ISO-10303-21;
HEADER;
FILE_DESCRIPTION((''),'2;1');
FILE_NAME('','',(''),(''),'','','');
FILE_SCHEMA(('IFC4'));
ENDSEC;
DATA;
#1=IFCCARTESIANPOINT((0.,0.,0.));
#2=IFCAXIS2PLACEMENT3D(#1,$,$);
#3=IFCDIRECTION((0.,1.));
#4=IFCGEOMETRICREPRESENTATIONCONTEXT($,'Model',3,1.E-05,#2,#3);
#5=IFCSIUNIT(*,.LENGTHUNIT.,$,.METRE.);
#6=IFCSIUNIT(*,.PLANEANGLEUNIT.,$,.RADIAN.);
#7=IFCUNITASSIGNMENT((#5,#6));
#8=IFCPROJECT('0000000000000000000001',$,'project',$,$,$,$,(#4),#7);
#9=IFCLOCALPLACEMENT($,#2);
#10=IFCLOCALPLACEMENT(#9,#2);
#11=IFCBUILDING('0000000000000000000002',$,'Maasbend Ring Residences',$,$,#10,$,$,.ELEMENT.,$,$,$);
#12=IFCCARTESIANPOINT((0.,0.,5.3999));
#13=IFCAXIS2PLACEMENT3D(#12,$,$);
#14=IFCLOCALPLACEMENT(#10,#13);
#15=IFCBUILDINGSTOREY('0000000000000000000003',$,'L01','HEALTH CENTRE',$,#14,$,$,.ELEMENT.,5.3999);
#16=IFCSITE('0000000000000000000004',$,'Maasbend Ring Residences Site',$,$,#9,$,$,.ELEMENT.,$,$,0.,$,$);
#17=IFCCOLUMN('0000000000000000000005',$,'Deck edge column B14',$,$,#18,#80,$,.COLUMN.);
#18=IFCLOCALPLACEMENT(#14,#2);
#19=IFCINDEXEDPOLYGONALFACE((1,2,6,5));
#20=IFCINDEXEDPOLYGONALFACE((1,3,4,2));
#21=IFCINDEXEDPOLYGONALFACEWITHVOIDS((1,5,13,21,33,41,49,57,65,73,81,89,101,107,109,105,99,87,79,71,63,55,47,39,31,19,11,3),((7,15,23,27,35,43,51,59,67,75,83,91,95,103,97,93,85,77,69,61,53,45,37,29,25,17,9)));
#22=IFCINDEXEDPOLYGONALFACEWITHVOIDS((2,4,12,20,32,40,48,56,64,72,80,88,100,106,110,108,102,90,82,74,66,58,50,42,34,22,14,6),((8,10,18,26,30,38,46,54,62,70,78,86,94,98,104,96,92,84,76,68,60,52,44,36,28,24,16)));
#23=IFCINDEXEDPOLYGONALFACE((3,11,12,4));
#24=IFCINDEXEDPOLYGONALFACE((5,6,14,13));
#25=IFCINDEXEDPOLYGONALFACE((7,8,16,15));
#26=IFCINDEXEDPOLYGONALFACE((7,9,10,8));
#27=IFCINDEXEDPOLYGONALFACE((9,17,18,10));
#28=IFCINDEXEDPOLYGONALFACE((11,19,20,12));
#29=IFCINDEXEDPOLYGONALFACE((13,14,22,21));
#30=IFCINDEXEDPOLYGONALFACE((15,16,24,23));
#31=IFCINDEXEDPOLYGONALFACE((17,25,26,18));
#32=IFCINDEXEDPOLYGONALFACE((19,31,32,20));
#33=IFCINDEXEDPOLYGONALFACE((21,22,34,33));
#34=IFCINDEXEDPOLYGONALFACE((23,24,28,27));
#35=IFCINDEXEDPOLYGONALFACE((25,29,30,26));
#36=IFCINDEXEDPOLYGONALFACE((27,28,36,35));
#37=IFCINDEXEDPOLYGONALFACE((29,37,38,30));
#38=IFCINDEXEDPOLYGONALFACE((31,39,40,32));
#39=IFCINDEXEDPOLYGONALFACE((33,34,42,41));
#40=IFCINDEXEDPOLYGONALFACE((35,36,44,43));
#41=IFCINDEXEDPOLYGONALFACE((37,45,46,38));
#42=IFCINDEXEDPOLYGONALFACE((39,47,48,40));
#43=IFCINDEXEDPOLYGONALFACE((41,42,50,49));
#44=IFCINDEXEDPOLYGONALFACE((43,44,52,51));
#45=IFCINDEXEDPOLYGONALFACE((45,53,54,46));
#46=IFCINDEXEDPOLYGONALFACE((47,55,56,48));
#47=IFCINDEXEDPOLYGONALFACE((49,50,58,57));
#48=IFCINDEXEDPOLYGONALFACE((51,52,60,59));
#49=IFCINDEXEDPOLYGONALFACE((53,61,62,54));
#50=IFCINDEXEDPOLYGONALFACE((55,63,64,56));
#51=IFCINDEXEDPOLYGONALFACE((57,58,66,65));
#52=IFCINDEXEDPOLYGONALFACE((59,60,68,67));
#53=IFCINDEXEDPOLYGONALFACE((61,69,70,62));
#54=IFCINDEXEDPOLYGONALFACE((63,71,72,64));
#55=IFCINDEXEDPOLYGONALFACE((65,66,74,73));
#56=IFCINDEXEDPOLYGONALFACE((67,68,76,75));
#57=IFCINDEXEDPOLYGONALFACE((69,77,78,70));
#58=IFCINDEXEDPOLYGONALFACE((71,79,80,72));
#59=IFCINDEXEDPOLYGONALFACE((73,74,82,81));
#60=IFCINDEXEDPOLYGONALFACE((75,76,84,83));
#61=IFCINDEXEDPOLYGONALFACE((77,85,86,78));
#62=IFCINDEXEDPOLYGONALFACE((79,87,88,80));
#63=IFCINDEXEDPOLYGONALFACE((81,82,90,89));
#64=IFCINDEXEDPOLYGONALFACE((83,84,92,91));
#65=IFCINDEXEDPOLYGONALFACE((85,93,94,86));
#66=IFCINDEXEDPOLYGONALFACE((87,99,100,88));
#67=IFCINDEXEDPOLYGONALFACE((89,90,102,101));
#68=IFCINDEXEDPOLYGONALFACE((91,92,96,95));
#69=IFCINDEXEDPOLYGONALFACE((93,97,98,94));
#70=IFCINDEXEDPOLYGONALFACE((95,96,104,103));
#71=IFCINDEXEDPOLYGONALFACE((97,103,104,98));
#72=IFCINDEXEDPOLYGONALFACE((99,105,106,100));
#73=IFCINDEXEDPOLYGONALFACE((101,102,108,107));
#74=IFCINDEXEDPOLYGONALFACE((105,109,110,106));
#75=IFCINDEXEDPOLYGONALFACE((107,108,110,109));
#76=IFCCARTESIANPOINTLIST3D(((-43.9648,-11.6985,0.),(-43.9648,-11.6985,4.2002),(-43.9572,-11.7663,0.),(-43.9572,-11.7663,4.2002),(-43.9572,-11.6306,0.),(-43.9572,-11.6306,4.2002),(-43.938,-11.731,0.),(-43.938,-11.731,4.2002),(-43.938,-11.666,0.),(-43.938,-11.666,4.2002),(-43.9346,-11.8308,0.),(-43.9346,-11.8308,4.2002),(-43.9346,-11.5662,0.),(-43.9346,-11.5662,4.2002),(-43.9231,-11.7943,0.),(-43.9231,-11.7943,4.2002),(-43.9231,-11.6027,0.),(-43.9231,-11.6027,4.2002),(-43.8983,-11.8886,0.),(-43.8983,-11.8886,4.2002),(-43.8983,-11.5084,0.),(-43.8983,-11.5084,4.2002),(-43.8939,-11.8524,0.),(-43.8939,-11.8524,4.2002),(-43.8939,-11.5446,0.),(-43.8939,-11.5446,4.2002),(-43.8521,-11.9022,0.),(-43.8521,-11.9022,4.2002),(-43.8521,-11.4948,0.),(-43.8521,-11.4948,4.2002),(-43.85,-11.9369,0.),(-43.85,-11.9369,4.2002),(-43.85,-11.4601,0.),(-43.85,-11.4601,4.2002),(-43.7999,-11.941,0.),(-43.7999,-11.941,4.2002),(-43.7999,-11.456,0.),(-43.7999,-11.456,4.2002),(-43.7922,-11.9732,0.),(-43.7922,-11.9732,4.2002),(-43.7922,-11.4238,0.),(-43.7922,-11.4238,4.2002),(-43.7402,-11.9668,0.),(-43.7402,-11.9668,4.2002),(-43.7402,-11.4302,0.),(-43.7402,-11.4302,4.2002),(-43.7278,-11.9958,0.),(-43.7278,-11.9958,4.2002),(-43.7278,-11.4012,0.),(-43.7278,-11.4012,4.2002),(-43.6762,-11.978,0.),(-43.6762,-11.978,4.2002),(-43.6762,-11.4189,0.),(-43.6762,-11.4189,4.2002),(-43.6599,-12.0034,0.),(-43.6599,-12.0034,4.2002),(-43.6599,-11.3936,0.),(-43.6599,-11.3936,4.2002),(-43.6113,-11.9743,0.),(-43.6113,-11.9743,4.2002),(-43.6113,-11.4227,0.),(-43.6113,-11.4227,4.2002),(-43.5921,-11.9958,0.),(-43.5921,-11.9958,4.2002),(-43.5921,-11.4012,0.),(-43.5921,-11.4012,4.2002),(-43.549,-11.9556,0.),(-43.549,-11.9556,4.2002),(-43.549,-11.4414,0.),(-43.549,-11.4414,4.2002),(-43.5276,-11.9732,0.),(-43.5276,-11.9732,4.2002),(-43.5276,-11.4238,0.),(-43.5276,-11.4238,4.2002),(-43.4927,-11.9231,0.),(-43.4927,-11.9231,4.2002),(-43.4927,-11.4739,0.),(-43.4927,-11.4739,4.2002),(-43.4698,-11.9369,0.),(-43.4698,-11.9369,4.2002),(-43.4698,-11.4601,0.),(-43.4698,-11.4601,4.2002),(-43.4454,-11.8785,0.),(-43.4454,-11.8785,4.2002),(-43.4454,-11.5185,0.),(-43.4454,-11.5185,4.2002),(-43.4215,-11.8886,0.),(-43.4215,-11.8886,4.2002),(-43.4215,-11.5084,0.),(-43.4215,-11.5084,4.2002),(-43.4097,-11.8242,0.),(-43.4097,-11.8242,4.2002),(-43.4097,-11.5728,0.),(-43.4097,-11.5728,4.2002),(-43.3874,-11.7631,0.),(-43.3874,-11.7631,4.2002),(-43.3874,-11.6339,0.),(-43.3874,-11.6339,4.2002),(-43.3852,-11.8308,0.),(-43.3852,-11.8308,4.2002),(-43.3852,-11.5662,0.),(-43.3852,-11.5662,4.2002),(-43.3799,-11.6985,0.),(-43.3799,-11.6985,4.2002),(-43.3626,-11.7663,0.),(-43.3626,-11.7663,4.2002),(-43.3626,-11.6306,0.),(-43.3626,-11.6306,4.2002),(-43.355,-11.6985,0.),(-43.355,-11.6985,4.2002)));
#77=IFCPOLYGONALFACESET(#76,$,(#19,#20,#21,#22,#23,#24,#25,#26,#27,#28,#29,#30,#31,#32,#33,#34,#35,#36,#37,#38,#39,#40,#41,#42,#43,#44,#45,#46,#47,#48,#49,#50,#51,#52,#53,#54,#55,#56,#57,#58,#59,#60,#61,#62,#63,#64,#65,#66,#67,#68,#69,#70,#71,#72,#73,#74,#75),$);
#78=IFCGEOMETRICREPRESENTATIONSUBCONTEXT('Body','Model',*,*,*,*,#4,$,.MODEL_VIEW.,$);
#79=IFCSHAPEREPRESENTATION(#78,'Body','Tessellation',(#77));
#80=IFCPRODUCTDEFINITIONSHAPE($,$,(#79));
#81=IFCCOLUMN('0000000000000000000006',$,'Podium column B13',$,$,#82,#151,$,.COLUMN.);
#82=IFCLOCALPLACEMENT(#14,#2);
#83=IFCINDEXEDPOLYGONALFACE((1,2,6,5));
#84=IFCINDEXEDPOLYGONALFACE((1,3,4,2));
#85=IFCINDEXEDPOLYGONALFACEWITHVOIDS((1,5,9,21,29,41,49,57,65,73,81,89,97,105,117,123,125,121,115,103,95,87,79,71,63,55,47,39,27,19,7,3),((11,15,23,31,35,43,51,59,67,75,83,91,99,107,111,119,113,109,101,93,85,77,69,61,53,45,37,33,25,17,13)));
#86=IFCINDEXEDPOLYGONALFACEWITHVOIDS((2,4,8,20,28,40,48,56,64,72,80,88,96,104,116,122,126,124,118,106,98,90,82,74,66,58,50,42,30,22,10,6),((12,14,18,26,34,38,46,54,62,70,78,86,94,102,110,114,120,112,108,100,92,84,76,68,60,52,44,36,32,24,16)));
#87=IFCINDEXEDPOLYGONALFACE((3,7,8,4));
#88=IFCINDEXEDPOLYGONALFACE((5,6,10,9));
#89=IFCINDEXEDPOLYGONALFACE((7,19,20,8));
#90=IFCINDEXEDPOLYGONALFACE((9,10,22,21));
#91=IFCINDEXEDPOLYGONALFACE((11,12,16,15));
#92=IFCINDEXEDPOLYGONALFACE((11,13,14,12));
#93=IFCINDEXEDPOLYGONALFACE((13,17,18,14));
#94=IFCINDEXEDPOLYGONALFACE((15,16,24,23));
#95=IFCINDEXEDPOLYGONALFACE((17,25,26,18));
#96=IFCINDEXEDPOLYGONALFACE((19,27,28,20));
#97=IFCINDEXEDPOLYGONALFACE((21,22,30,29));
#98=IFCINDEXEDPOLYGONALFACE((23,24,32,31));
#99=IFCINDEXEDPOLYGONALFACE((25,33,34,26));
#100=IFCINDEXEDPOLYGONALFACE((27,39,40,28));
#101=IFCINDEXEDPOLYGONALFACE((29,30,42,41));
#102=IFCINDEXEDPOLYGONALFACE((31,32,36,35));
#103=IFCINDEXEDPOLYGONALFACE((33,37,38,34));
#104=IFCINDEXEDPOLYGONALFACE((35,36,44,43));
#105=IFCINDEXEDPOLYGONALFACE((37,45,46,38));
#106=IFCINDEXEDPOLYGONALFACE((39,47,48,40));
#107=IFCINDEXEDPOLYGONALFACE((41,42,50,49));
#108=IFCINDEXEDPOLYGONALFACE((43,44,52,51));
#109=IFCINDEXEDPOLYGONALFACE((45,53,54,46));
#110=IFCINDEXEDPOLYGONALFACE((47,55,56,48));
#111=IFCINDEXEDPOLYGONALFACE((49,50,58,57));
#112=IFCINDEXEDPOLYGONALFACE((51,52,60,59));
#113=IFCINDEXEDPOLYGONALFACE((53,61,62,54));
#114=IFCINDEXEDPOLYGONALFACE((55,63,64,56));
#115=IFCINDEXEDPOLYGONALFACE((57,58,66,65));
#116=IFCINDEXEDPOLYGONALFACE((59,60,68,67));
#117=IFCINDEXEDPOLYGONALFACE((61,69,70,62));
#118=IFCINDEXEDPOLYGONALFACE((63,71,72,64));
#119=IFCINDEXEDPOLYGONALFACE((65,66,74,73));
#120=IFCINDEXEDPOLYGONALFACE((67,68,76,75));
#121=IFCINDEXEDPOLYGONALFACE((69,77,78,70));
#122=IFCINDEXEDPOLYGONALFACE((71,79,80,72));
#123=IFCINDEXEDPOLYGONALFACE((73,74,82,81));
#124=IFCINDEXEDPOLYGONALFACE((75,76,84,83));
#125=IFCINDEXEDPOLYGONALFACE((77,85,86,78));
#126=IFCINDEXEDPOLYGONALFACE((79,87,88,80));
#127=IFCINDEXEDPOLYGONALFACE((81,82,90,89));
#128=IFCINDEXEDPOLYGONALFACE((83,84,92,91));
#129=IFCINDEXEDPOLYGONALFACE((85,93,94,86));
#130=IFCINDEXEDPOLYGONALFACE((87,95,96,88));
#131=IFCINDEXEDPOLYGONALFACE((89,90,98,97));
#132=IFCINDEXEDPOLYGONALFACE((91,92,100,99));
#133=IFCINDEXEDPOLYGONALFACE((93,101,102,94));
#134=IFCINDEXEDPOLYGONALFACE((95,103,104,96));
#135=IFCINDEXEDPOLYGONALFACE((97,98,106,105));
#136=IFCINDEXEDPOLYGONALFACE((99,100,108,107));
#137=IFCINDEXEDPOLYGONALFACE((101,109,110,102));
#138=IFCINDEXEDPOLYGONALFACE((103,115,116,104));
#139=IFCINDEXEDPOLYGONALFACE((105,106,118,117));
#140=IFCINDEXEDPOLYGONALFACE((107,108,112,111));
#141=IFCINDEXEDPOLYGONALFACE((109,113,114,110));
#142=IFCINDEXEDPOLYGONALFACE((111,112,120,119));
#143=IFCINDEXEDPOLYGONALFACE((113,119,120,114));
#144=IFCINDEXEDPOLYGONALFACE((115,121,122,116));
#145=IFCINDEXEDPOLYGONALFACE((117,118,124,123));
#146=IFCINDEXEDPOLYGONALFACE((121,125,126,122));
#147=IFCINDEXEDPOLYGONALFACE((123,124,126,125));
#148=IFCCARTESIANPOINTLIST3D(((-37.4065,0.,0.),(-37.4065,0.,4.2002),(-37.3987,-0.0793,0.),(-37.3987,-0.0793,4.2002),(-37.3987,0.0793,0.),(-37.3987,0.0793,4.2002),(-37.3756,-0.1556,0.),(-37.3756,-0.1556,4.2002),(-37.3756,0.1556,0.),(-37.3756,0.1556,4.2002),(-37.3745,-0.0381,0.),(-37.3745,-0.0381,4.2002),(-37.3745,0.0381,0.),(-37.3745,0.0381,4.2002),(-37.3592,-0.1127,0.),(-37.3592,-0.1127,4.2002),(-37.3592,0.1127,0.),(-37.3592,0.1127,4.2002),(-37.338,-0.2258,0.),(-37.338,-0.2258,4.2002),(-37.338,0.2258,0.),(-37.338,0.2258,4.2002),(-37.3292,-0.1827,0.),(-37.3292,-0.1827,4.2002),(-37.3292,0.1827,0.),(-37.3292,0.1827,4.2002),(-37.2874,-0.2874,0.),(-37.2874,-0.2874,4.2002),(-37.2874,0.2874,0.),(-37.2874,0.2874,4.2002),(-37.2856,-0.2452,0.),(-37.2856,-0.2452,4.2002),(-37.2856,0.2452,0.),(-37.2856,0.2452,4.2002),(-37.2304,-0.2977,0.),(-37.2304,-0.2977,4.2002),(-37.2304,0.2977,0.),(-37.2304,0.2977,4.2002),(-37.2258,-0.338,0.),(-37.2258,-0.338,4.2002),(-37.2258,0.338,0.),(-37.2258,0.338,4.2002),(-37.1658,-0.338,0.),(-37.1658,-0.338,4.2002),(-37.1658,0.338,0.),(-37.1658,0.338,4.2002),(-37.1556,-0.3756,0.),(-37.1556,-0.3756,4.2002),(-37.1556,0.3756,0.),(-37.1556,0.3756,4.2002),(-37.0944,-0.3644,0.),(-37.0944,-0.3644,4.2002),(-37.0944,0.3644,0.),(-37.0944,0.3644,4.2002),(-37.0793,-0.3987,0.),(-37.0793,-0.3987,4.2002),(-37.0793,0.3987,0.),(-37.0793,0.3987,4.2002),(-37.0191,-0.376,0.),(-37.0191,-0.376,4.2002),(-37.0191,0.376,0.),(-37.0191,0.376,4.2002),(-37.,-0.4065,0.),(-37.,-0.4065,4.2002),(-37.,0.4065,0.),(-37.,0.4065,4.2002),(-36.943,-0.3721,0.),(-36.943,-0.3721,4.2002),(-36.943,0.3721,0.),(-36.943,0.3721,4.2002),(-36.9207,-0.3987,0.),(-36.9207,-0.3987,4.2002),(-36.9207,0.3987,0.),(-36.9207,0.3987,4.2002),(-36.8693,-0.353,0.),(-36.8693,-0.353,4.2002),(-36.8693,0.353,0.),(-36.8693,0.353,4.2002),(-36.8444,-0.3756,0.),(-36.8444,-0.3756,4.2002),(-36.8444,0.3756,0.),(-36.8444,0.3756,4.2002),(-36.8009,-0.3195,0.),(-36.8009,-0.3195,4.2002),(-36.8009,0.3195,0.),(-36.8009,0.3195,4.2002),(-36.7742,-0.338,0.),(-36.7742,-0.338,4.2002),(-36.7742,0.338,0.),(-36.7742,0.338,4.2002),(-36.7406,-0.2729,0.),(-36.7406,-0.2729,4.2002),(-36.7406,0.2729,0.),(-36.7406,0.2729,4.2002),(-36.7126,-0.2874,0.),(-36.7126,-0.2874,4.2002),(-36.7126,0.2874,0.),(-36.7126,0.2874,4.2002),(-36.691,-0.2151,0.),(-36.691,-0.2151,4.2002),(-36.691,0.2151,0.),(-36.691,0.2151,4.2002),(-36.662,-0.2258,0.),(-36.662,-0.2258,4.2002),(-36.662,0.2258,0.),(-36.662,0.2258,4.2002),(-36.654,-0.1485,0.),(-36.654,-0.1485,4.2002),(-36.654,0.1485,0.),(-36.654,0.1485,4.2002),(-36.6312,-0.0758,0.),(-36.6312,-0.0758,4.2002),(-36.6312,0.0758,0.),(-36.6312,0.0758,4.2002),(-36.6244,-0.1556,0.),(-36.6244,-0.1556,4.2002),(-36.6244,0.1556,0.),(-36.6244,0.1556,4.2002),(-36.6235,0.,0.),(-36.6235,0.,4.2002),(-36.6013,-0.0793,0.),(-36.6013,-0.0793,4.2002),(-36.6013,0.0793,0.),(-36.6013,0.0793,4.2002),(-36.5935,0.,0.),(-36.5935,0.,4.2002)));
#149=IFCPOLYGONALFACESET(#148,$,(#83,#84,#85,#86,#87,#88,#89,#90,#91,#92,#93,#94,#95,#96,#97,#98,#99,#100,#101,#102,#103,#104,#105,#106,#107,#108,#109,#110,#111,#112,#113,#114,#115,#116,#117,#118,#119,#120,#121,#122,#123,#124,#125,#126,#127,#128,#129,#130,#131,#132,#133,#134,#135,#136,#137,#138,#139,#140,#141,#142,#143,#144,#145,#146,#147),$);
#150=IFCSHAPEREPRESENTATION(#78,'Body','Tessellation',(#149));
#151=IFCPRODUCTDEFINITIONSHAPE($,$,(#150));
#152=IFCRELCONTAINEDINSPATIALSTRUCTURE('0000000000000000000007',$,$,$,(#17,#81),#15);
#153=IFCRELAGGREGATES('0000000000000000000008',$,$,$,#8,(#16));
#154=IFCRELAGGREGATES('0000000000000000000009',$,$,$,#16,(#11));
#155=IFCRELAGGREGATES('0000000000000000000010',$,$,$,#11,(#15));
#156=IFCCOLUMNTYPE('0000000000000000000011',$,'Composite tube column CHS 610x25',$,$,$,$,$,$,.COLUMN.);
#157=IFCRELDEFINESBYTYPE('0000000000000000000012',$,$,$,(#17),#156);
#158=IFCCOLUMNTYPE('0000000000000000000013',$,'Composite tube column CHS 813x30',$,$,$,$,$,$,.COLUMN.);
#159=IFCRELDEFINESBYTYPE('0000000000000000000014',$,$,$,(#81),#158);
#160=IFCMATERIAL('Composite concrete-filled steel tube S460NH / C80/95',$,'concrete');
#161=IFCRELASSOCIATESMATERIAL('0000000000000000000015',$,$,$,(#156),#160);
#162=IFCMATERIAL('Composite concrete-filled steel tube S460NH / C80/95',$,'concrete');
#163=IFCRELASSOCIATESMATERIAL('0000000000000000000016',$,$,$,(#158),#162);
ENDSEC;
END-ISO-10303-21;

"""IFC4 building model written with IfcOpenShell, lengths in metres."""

from ifc_helpers import new_model, si_unit, direction, frame, origin, origin_2d, place, context, subcontext, project, spatial, hollow_circle, extrude, material, material_profile, profile_set, type_object, element, save


model = new_model("IFC4")

# Units and contexts
model_context = context("Model", 3, precision=1e-05, world=origin(), true_north=direction((0.0, 1.0)))
body_context = subcontext(model_context, "Body", "Model", "MODEL_VIEW")
ifc_project = project(units=[si_unit("LENGTHUNIT", "METRE"), si_unit("PLANEANGLEUNIT", "RADIAN")], contexts=[model_context])

# Site, building, storey
site_placement = place(None, origin())
site = spatial("IfcSite", under=ifc_project, at=site_placement, Name="Maasbend Ring Residences Site", CompositionType="ELEMENT", RefElevation=0.0)
building_placement = place(site_placement, origin())
building = spatial("IfcBuilding", under=site, at=building_placement, Name="Maasbend Ring Residences", CompositionType="ELEMENT")
storey_placement = place(building_placement, frame((0.0, 0.0, 5.3999)))
storey = spatial("IfcBuildingStorey", under=building, at=storey_placement, Name="L01", Description="HEALTH CENTRE", CompositionType="ELEMENT", Elevation=5.3999)

# Columns
ifc_material_1 = material(Name="Composite concrete-filled steel tube S460NH / C80/95", Category="concrete")
ifc_material_profile_1 = material_profile(ifc_material_1, hollow_circle(Radius=0.3049, WallThickness=0.0249, at=origin_2d()), Name="Composite tube column CHS 610x25")
ifc_profile_set_1 = profile_set([ifc_material_profile_1], Name="Composite concrete-filled steel tube S460NH / C80/95")
column_type_1 = type_object("IfcColumnType", Name="Composite tube column CHS 610x25", PredefinedType="COLUMN", material=ifc_profile_set_1)
for number, where, z_axis, x_axis, name in (
    (1, (-43.6599, -11.6985, 0.0), (0.0, 0.0, 1.0), (1.0, 0.0, 0.0), "Deck edge column B14"),
):
    element("IfcColumn", number, at=place(storey_placement, frame(where, z_axis=z_axis, x_axis=x_axis)), inside=storey, type_object=column_type_1, Name=name, PredefinedType="COLUMN", context=body_context, shape_type="SweptSolid", body=[
        extrude(hollow_circle(Radius=0.3049, WallThickness=0.0249, at=origin_2d()), origin(), (0.0, 0.0, 1.0), 4.2002),
    ])
ifc_material_2 = material(Name="Composite concrete-filled steel tube S460NH / C80/95", Category="concrete")
ifc_material_profile_2 = material_profile(ifc_material_2, hollow_circle(Radius=0.4065, WallThickness=0.03, at=origin_2d()), Name="Composite tube column CHS 813x30")
ifc_profile_set_2 = profile_set([ifc_material_profile_2], Name="Composite concrete-filled steel tube S460NH / C80/95")
column_type_2 = type_object("IfcColumnType", Name="Composite tube column CHS 813x30", PredefinedType="COLUMN", material=ifc_profile_set_2)
for number, where, z_axis, x_axis, name in (
    (2, (-37.0, 0.0, 0.0), (0.0, 0.0, 1.0), (1.0, 0.0, 0.0), "Podium column B13"),
):
    element("IfcColumn", number, at=place(storey_placement, frame(where, z_axis=z_axis, x_axis=x_axis)), inside=storey, type_object=column_type_2, Name=name, PredefinedType="COLUMN", context=body_context, shape_type="SweptSolid", body=[
        extrude(hollow_circle(Radius=0.4065, WallThickness=0.03, at=origin_2d()), origin(), (0.0, 0.0, 1.0), 4.2002),
    ])

save(model, "model.ifc")
